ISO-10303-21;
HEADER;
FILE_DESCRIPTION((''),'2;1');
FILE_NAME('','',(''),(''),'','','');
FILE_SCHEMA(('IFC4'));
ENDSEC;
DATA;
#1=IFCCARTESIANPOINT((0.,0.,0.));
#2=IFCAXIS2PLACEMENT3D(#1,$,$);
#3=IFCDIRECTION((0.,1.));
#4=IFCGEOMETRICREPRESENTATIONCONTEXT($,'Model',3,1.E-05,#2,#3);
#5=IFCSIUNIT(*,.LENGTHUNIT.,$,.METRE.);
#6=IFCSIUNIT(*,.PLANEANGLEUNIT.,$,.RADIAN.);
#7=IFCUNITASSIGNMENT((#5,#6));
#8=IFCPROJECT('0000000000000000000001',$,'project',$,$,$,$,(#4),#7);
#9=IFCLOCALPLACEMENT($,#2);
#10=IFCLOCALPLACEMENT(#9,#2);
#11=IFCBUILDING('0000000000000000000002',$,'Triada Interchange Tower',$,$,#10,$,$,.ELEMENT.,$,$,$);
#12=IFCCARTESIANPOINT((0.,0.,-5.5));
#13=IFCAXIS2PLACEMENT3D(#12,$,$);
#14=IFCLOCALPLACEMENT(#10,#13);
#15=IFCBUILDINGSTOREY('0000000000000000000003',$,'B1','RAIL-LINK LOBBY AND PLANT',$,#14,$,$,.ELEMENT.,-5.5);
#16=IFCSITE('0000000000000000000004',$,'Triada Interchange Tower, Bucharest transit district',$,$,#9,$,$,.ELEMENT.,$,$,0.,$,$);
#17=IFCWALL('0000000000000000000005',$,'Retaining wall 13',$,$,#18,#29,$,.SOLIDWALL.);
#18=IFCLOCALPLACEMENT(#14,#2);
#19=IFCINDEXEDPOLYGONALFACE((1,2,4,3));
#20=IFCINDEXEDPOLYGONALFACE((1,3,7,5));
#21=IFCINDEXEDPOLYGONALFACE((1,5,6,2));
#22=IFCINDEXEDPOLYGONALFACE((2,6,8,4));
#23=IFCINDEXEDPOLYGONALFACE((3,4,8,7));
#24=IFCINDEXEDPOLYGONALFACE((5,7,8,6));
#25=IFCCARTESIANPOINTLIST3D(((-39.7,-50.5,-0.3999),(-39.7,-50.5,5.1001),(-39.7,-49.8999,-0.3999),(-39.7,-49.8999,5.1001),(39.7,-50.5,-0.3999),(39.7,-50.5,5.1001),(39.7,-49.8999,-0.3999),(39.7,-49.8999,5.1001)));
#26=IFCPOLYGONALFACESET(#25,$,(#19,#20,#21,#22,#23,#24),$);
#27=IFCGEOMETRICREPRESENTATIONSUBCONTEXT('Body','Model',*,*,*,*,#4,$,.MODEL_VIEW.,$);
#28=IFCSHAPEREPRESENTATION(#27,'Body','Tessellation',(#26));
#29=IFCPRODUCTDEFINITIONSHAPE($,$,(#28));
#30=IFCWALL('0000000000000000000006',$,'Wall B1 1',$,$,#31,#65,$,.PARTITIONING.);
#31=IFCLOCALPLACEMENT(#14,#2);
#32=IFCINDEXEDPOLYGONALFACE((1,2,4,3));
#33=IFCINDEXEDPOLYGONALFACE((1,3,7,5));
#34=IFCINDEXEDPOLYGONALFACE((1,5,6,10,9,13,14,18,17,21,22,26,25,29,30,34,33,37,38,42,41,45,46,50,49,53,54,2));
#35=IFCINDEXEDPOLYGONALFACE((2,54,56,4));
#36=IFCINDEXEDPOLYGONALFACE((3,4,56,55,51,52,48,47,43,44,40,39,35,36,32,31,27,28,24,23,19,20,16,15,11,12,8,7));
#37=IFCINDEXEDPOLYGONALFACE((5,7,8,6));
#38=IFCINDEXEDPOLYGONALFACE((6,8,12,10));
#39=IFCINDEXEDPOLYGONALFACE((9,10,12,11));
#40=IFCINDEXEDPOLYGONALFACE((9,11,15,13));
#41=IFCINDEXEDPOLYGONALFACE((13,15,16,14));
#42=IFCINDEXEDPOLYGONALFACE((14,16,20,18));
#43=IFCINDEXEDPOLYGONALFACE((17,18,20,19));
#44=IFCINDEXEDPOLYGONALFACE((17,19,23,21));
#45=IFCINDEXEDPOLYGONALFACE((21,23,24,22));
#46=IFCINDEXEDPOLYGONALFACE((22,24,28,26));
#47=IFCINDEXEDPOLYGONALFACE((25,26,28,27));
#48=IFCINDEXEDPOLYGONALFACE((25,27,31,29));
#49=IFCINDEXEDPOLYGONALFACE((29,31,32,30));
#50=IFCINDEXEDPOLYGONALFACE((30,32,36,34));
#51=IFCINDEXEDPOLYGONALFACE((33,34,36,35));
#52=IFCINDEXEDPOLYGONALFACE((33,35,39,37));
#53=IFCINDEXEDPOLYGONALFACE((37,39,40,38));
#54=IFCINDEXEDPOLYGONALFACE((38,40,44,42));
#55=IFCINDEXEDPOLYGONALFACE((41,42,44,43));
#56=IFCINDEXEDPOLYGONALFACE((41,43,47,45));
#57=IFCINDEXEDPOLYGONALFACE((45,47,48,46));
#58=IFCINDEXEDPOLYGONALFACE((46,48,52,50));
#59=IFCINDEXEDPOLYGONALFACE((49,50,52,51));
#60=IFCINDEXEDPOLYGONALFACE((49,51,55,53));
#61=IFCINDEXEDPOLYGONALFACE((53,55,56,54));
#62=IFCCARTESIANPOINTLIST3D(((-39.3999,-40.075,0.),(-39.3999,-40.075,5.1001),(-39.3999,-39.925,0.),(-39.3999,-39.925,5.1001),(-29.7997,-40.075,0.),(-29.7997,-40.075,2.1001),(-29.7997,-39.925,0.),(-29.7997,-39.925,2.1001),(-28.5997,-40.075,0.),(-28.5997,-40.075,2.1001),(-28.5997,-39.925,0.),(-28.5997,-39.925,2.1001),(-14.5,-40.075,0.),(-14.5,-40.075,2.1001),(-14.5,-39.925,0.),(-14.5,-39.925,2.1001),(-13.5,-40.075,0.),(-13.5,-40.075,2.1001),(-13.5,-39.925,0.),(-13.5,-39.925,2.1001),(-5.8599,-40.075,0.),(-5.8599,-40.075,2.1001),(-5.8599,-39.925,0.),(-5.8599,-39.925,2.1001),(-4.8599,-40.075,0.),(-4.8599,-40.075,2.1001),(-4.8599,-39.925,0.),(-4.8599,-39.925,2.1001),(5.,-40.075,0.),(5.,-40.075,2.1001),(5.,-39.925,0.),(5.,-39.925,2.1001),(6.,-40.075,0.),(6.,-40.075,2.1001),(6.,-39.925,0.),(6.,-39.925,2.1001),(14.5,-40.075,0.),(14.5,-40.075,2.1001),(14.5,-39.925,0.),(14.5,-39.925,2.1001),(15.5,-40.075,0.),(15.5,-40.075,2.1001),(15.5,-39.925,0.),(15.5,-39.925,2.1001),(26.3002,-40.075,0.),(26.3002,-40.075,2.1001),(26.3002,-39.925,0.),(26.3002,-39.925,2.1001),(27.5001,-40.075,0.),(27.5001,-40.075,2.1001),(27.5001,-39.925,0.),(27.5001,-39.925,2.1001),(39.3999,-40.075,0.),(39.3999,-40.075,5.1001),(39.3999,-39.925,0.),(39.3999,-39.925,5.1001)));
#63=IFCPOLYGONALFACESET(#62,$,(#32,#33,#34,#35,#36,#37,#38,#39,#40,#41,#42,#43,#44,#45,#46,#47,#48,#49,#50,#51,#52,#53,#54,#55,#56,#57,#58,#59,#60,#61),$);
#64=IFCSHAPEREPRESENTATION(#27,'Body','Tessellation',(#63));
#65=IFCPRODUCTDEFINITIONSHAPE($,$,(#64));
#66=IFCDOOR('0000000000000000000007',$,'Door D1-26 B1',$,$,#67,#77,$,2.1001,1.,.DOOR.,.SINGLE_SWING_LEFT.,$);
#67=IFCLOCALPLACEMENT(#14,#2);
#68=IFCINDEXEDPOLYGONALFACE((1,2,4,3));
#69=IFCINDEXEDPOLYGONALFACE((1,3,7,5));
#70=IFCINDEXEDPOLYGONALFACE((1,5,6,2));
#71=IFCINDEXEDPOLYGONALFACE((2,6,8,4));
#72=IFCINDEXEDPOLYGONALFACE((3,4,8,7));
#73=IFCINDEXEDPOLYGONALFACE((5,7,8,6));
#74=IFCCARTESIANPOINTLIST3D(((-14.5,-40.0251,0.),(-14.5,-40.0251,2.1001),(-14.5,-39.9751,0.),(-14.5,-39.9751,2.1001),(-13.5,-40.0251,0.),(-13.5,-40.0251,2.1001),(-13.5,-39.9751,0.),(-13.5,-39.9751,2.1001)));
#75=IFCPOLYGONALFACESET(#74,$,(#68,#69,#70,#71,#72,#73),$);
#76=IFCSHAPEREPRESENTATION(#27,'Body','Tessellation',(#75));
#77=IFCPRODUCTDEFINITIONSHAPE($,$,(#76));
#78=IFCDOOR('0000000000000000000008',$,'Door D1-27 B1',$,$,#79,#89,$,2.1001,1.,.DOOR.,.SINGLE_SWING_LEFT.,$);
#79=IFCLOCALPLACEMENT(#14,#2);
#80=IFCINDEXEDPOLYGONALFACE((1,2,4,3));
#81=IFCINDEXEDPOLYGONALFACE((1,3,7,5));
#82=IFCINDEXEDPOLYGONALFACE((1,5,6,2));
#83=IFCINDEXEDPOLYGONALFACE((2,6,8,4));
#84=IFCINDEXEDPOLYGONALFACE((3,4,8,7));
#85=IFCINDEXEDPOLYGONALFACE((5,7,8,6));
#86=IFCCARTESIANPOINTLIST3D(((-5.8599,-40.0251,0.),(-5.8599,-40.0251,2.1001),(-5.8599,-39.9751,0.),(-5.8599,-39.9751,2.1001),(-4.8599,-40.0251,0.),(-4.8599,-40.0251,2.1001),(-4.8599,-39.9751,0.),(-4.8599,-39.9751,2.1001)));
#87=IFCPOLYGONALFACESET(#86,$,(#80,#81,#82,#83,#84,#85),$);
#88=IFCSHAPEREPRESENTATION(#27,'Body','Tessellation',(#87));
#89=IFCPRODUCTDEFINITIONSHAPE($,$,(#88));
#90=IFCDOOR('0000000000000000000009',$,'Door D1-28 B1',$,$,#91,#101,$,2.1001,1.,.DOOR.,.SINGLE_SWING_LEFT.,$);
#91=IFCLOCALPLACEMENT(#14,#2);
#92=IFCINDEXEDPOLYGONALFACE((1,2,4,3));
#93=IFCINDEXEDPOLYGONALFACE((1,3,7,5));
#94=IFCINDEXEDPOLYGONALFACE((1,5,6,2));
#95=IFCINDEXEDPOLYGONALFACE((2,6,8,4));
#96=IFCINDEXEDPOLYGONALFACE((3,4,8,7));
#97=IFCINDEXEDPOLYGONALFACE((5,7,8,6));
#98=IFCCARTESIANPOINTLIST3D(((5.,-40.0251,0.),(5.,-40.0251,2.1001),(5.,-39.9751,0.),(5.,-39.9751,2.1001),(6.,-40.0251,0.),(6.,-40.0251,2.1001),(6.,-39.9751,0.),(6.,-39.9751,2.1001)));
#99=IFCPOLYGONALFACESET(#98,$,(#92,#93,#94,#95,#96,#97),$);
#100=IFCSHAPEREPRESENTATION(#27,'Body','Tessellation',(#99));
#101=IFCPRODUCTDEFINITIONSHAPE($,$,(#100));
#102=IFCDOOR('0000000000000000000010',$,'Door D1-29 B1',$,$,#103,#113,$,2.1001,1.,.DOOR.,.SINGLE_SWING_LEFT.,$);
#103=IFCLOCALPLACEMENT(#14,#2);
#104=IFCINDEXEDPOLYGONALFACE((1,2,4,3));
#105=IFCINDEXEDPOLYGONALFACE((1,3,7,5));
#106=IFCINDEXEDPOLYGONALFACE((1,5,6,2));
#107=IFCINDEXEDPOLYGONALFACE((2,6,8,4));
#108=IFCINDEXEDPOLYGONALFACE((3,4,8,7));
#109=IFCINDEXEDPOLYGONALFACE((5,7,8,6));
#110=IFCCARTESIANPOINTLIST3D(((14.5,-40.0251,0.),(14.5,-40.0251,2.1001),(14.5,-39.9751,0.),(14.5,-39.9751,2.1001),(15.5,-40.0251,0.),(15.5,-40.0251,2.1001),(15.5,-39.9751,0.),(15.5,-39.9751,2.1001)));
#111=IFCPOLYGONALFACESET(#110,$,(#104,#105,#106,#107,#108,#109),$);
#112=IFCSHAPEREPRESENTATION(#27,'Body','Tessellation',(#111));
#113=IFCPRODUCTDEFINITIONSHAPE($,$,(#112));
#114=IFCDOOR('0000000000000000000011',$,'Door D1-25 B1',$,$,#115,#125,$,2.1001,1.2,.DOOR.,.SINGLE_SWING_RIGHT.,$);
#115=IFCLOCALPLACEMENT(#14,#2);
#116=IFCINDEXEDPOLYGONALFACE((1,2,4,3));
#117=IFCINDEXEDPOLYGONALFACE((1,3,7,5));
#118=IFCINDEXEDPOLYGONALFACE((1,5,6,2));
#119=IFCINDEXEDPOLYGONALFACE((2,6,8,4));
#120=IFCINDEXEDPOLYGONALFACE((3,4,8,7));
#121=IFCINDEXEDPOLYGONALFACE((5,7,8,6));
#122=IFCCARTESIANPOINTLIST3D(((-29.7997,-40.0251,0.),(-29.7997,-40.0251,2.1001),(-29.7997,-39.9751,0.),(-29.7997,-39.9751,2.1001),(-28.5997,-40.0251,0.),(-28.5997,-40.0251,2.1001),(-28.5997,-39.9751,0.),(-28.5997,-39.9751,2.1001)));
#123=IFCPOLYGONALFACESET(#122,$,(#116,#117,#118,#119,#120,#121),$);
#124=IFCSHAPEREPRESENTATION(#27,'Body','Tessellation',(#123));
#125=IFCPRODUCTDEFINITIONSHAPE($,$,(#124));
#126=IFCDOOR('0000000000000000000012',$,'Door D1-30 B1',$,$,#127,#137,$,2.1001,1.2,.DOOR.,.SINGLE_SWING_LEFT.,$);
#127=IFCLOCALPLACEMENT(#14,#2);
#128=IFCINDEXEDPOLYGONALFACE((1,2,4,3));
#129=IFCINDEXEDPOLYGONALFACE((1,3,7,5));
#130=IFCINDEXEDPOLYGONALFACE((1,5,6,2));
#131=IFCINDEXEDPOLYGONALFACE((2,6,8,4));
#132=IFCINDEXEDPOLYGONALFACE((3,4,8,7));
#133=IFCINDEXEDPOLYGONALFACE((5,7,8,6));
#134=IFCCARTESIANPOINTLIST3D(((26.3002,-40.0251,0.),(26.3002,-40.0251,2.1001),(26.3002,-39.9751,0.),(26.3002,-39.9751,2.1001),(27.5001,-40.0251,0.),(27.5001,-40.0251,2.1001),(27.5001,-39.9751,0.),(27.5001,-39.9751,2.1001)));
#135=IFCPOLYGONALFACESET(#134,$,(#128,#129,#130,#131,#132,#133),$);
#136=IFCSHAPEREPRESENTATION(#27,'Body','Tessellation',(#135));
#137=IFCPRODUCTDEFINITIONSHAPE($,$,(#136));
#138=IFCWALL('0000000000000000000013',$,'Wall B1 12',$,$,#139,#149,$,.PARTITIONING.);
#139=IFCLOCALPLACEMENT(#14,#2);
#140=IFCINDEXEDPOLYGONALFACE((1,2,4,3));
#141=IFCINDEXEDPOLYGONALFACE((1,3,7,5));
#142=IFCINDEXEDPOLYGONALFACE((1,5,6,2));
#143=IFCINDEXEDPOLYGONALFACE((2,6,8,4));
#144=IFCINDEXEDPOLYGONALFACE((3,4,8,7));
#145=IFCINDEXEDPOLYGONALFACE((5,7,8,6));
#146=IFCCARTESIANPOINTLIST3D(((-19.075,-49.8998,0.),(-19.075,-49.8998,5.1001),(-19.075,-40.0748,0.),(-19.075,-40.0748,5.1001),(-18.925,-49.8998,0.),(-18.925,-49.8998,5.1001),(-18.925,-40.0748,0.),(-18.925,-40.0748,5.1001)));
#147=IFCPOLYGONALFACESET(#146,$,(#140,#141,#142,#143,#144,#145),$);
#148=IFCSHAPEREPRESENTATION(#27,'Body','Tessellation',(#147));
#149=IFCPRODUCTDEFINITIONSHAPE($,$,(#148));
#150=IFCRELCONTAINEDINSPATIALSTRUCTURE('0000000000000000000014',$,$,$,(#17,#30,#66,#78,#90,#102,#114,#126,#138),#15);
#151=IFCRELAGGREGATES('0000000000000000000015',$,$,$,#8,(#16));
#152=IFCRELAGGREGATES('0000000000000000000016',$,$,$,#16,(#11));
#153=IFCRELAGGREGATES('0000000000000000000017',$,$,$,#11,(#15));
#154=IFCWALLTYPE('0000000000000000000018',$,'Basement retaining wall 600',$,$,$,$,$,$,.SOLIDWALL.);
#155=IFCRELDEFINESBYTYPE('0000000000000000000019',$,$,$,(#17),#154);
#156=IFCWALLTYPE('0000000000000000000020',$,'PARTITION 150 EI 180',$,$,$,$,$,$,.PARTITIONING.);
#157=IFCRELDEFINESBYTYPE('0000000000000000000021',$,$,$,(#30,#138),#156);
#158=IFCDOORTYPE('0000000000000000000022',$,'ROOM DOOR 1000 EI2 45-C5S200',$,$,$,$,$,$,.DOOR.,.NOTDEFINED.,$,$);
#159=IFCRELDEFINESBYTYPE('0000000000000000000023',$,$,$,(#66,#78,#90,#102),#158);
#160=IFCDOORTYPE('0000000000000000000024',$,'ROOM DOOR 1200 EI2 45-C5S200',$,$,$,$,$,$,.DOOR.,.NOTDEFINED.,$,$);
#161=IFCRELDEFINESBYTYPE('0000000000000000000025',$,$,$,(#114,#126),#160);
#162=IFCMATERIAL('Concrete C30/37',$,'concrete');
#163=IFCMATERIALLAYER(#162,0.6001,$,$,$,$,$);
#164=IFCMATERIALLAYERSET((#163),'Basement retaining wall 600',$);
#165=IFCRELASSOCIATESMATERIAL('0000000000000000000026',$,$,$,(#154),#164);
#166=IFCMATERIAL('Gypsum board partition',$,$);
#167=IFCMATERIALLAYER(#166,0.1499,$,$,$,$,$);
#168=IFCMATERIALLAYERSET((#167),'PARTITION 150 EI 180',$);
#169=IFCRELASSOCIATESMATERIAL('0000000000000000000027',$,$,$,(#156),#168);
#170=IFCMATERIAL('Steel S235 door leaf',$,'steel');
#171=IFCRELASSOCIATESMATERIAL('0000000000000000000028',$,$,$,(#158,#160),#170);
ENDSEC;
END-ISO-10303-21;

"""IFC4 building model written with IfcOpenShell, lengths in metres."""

from ifc_helpers import new_model, si_unit, direction, frame, frame_2d, origin, place, context, subcontext, project, spatial, rectangle, extrude, material, layer, layer_set, type_object, element, fill, save


model = new_model("IFC4")

# Units and contexts
model_context = context("Model", 3, precision=1e-05, world=origin(), true_north=direction((0.0, 1.0)))
body_context = subcontext(model_context, "Body", "Model", "MODEL_VIEW")
ifc_project = project(units=[si_unit("LENGTHUNIT", "METRE"), si_unit("PLANEANGLEUNIT", "RADIAN")], contexts=[model_context])

# Site, building, storey
site_placement = place(None, origin())
site = spatial("IfcSite", under=ifc_project, at=site_placement, Name="Triada Interchange Tower, Bucharest transit district", CompositionType="ELEMENT", RefElevation=0.0)
building_placement = place(site_placement, origin())
building = spatial("IfcBuilding", under=site, at=building_placement, Name="Triada Interchange Tower", CompositionType="ELEMENT")
storey_placement = place(building_placement, frame((0.0, 0.0, -5.5)))
storey = spatial("IfcBuildingStorey", under=building, at=storey_placement, Name="B1", Description="RAIL-LINK LOBBY AND PLANT", CompositionType="ELEMENT", Elevation=-5.5)

# Wall
ifc_material_1 = material(Name="Concrete C30/37", Category="concrete")
ifc_layer_1 = layer(ifc_material_1, 0.6001)
ifc_layer_set_1 = layer_set([ifc_layer_1], Name="Basement retaining wall 600")
wall_type_1 = type_object("IfcWallType", Name="Basement retaining wall 600", PredefinedType="SOLIDWALL", material=ifc_layer_set_1)
wall_1_placement = place(storey_placement, frame((-39.7, -50.2, -0.3999), z_axis=(0.0, 0.0, 1.0), x_axis=(1.0, 0.0, 0.0)))
element("IfcWall", 1, at=wall_1_placement, inside=storey, type_object=wall_type_1, Name="Retaining wall 13", PredefinedType="SOLIDWALL", context=body_context, shape_type="SweptSolid", body=[
    extrude(rectangle(XDim=79.3999, YDim=0.6001, at=frame_2d((39.7, 0.0))), origin(), (0.0, 0.0, 1.0), 5.5),
])

# Wall, openings, doors
ifc_material_2 = material(Name="Gypsum board partition")
ifc_layer_2 = layer(ifc_material_2, 0.1499)
ifc_layer_set_2 = layer_set([ifc_layer_2], Name="PARTITION 150 EI 180")
wall_type_2 = type_object("IfcWallType", Name="PARTITION 150 EI 180", PredefinedType="PARTITIONING", material=ifc_layer_set_2)
wall_2_placement = place(storey_placement, frame((-39.3999, -40.0, 0.0), z_axis=(0.0, 0.0, 1.0), x_axis=(1.0, 0.0, 0.0)))
wall_2 = element("IfcWall", 2, at=wall_2_placement, inside=storey, type_object=wall_type_2, Name="Wall B1 1", PredefinedType="PARTITIONING", context=body_context, shape_type="SweptSolid", body=[
    extrude(rectangle(XDim=78.7998, YDim=0.1499, at=frame_2d((39.3999, 0.0))), origin(), (0.0, 0.0, 1.0), 5.1001),
])
opening_1_placement = place(wall_2_placement, frame((9.6001, 0.0, 0.0)))
opening_1 = element("IfcOpeningElement", 3, at=opening_1_placement, cuts=wall_2, PredefinedType="OPENING", context=body_context, shape_type="SweptSolid", body=[
    extrude(rectangle(XDim=1.2, YDim=2.1001, at=frame_2d((0.6001, 1.05))), frame((0.0, 0.085, 0.0), z_axis=(0.0, -1.0, 0.0), x_axis=(1.0, 0.0, 0.0)), (0.0, 0.0, 1.0), 0.1699),
])
opening_2_placement = place(wall_2_placement, frame((24.8999, 0.0, 0.0)))
opening_2 = element("IfcOpeningElement", 4, at=opening_2_placement, cuts=wall_2, PredefinedType="OPENING", context=body_context, shape_type="SweptSolid", body=[
    extrude(rectangle(XDim=1.0, YDim=2.1001, at=frame_2d((0.5, 1.05))), frame((0.0, 0.085, 0.0), z_axis=(0.0, -1.0, 0.0), x_axis=(1.0, 0.0, 0.0)), (0.0, 0.0, 1.0), 0.1699),
])
opening_3_placement = place(wall_2_placement, frame((33.54, 0.0, 0.0)))
opening_3 = element("IfcOpeningElement", 5, at=opening_3_placement, cuts=wall_2, PredefinedType="OPENING", context=body_context, shape_type="SweptSolid", body=[
    extrude(rectangle(XDim=1.0, YDim=2.1001, at=frame_2d((0.5, 1.05))), frame((0.0, 0.085, 0.0), z_axis=(0.0, -1.0, 0.0), x_axis=(1.0, 0.0, 0.0)), (0.0, 0.0, 1.0), 0.1699),
])
opening_4_placement = place(wall_2_placement, frame((44.3999, 0.0, 0.0)))
opening_4 = element("IfcOpeningElement", 6, at=opening_4_placement, cuts=wall_2, PredefinedType="OPENING", context=body_context, shape_type="SweptSolid", body=[
    extrude(rectangle(XDim=1.0, YDim=2.1001, at=frame_2d((0.5, 1.05))), frame((0.0, 0.085, 0.0), z_axis=(0.0, -1.0, 0.0), x_axis=(1.0, 0.0, 0.0)), (0.0, 0.0, 1.0), 0.1699),
])
opening_5_placement = place(wall_2_placement, frame((53.8999, 0.0, 0.0)))
opening_5 = element("IfcOpeningElement", 7, at=opening_5_placement, cuts=wall_2, PredefinedType="OPENING", context=body_context, shape_type="SweptSolid", body=[
    extrude(rectangle(XDim=1.0, YDim=2.1001, at=frame_2d((0.5, 1.05))), frame((0.0, 0.085, 0.0), z_axis=(0.0, -1.0, 0.0), x_axis=(1.0, 0.0, 0.0)), (0.0, 0.0, 1.0), 0.1699),
])
opening_6_placement = place(wall_2_placement, frame((65.7, 0.0, 0.0)))
opening_6 = element("IfcOpeningElement", 8, at=opening_6_placement, cuts=wall_2, PredefinedType="OPENING", context=body_context, shape_type="SweptSolid", body=[
    extrude(rectangle(XDim=1.2, YDim=2.1001, at=frame_2d((0.6001, 1.05))), frame((0.0, 0.085, 0.0), z_axis=(0.0, -1.0, 0.0), x_axis=(1.0, 0.0, 0.0)), (0.0, 0.0, 1.0), 0.1699),
])
ifc_material_3 = material(Name="Steel S235 door leaf", Category="steel")
door_type_1 = type_object("IfcDoorType", Name="ROOM DOOR 1000 EI2 45-C5S200", OperationType="NOTDEFINED", PredefinedType="DOOR", material=ifc_material_3)
door_1_placement = place(opening_2_placement, origin())
door_1 = element("IfcDoor", 9, at=door_1_placement, inside=storey, type_object=door_type_1, Name="Door D1-26 B1", OperationType="SINGLE_SWING_LEFT", OverallHeight=2.1001, OverallWidth=1.0, PredefinedType="DOOR", context=body_context, shape_type="SweptSolid", body=[
    extrude(rectangle(XDim=1.0, YDim=2.1001, at=frame_2d((0.5, 1.05))), frame((0.0, 0.0249, 0.0), z_axis=(0.0, -1.0, 0.0), x_axis=(1.0, 0.0, 0.0)), (0.0, 0.0, 1.0), 0.05),
])
fill(opening_2, door_1)
door_2_placement = place(opening_3_placement, origin())
door_2 = element("IfcDoor", 10, at=door_2_placement, inside=storey, type_object=door_type_1, Name="Door D1-27 B1", OperationType="SINGLE_SWING_LEFT", OverallHeight=2.1001, OverallWidth=1.0, PredefinedType="DOOR", context=body_context, shape_type="SweptSolid", body=[
    extrude(rectangle(XDim=1.0, YDim=2.1001, at=frame_2d((0.5, 1.05))), frame((0.0, 0.0249, 0.0), z_axis=(0.0, -1.0, 0.0), x_axis=(1.0, 0.0, 0.0)), (0.0, 0.0, 1.0), 0.05),
])
fill(opening_3, door_2)
door_3_placement = place(opening_4_placement, origin())
door_3 = element("IfcDoor", 11, at=door_3_placement, inside=storey, type_object=door_type_1, Name="Door D1-28 B1", OperationType="SINGLE_SWING_LEFT", OverallHeight=2.1001, OverallWidth=1.0, PredefinedType="DOOR", context=body_context, shape_type="SweptSolid", body=[
    extrude(rectangle(XDim=1.0, YDim=2.1001, at=frame_2d((0.5, 1.05))), frame((0.0, 0.0249, 0.0), z_axis=(0.0, -1.0, 0.0), x_axis=(1.0, 0.0, 0.0)), (0.0, 0.0, 1.0), 0.05),
])
fill(opening_4, door_3)
door_4_placement = place(opening_5_placement, origin())
door_4 = element("IfcDoor", 12, at=door_4_placement, inside=storey, type_object=door_type_1, Name="Door D1-29 B1", OperationType="SINGLE_SWING_LEFT", OverallHeight=2.1001, OverallWidth=1.0, PredefinedType="DOOR", context=body_context, shape_type="SweptSolid", body=[
    extrude(rectangle(XDim=1.0, YDim=2.1001, at=frame_2d((0.5, 1.05))), frame((0.0, 0.0249, 0.0), z_axis=(0.0, -1.0, 0.0), x_axis=(1.0, 0.0, 0.0)), (0.0, 0.0, 1.0), 0.05),
])
fill(opening_5, door_4)
door_type_2 = type_object("IfcDoorType", Name="ROOM DOOR 1200 EI2 45-C5S200", OperationType="NOTDEFINED", PredefinedType="DOOR", material=ifc_material_3)
door_5_placement = place(opening_1_placement, origin())
door_5 = element("IfcDoor", 13, at=door_5_placement, inside=storey, type_object=door_type_2, Name="Door D1-25 B1", OperationType="SINGLE_SWING_RIGHT", OverallHeight=2.1001, OverallWidth=1.2, PredefinedType="DOOR", context=body_context, shape_type="SweptSolid", body=[
    extrude(rectangle(XDim=1.2, YDim=2.1001, at=frame_2d((0.6001, 1.05))), frame((0.0, 0.0249, 0.0), z_axis=(0.0, -1.0, 0.0), x_axis=(1.0, 0.0, 0.0)), (0.0, 0.0, 1.0), 0.05),
])
fill(opening_1, door_5)
door_6_placement = place(opening_6_placement, origin())
door_6 = element("IfcDoor", 14, at=door_6_placement, inside=storey, type_object=door_type_2, Name="Door D1-30 B1", OperationType="SINGLE_SWING_LEFT", OverallHeight=2.1001, OverallWidth=1.2, PredefinedType="DOOR", context=body_context, shape_type="SweptSolid", body=[
    extrude(rectangle(XDim=1.2, YDim=2.1001, at=frame_2d((0.6001, 1.05))), frame((0.0, 0.0249, 0.0), z_axis=(0.0, -1.0, 0.0), x_axis=(1.0, 0.0, 0.0)), (0.0, 0.0, 1.0), 0.05),
])
fill(opening_6, door_6)

# Wall
wall_3_placement = place(storey_placement, frame((-19.0, -49.8999, 0.0), z_axis=(0.0, 0.0, 1.0), x_axis=(0.0, 1.0, 0.0)))
element("IfcWall", 15, at=wall_3_placement, inside=storey, type_object=wall_type_2, Name="Wall B1 12", PredefinedType="PARTITIONING", context=body_context, shape_type="SweptSolid", body=[
    extrude(rectangle(XDim=9.825, YDim=0.1499, at=frame_2d((4.9126, 0.0))), origin(), (0.0, 0.0, 1.0), 5.1001),
])

save(model, "model.ifc")
